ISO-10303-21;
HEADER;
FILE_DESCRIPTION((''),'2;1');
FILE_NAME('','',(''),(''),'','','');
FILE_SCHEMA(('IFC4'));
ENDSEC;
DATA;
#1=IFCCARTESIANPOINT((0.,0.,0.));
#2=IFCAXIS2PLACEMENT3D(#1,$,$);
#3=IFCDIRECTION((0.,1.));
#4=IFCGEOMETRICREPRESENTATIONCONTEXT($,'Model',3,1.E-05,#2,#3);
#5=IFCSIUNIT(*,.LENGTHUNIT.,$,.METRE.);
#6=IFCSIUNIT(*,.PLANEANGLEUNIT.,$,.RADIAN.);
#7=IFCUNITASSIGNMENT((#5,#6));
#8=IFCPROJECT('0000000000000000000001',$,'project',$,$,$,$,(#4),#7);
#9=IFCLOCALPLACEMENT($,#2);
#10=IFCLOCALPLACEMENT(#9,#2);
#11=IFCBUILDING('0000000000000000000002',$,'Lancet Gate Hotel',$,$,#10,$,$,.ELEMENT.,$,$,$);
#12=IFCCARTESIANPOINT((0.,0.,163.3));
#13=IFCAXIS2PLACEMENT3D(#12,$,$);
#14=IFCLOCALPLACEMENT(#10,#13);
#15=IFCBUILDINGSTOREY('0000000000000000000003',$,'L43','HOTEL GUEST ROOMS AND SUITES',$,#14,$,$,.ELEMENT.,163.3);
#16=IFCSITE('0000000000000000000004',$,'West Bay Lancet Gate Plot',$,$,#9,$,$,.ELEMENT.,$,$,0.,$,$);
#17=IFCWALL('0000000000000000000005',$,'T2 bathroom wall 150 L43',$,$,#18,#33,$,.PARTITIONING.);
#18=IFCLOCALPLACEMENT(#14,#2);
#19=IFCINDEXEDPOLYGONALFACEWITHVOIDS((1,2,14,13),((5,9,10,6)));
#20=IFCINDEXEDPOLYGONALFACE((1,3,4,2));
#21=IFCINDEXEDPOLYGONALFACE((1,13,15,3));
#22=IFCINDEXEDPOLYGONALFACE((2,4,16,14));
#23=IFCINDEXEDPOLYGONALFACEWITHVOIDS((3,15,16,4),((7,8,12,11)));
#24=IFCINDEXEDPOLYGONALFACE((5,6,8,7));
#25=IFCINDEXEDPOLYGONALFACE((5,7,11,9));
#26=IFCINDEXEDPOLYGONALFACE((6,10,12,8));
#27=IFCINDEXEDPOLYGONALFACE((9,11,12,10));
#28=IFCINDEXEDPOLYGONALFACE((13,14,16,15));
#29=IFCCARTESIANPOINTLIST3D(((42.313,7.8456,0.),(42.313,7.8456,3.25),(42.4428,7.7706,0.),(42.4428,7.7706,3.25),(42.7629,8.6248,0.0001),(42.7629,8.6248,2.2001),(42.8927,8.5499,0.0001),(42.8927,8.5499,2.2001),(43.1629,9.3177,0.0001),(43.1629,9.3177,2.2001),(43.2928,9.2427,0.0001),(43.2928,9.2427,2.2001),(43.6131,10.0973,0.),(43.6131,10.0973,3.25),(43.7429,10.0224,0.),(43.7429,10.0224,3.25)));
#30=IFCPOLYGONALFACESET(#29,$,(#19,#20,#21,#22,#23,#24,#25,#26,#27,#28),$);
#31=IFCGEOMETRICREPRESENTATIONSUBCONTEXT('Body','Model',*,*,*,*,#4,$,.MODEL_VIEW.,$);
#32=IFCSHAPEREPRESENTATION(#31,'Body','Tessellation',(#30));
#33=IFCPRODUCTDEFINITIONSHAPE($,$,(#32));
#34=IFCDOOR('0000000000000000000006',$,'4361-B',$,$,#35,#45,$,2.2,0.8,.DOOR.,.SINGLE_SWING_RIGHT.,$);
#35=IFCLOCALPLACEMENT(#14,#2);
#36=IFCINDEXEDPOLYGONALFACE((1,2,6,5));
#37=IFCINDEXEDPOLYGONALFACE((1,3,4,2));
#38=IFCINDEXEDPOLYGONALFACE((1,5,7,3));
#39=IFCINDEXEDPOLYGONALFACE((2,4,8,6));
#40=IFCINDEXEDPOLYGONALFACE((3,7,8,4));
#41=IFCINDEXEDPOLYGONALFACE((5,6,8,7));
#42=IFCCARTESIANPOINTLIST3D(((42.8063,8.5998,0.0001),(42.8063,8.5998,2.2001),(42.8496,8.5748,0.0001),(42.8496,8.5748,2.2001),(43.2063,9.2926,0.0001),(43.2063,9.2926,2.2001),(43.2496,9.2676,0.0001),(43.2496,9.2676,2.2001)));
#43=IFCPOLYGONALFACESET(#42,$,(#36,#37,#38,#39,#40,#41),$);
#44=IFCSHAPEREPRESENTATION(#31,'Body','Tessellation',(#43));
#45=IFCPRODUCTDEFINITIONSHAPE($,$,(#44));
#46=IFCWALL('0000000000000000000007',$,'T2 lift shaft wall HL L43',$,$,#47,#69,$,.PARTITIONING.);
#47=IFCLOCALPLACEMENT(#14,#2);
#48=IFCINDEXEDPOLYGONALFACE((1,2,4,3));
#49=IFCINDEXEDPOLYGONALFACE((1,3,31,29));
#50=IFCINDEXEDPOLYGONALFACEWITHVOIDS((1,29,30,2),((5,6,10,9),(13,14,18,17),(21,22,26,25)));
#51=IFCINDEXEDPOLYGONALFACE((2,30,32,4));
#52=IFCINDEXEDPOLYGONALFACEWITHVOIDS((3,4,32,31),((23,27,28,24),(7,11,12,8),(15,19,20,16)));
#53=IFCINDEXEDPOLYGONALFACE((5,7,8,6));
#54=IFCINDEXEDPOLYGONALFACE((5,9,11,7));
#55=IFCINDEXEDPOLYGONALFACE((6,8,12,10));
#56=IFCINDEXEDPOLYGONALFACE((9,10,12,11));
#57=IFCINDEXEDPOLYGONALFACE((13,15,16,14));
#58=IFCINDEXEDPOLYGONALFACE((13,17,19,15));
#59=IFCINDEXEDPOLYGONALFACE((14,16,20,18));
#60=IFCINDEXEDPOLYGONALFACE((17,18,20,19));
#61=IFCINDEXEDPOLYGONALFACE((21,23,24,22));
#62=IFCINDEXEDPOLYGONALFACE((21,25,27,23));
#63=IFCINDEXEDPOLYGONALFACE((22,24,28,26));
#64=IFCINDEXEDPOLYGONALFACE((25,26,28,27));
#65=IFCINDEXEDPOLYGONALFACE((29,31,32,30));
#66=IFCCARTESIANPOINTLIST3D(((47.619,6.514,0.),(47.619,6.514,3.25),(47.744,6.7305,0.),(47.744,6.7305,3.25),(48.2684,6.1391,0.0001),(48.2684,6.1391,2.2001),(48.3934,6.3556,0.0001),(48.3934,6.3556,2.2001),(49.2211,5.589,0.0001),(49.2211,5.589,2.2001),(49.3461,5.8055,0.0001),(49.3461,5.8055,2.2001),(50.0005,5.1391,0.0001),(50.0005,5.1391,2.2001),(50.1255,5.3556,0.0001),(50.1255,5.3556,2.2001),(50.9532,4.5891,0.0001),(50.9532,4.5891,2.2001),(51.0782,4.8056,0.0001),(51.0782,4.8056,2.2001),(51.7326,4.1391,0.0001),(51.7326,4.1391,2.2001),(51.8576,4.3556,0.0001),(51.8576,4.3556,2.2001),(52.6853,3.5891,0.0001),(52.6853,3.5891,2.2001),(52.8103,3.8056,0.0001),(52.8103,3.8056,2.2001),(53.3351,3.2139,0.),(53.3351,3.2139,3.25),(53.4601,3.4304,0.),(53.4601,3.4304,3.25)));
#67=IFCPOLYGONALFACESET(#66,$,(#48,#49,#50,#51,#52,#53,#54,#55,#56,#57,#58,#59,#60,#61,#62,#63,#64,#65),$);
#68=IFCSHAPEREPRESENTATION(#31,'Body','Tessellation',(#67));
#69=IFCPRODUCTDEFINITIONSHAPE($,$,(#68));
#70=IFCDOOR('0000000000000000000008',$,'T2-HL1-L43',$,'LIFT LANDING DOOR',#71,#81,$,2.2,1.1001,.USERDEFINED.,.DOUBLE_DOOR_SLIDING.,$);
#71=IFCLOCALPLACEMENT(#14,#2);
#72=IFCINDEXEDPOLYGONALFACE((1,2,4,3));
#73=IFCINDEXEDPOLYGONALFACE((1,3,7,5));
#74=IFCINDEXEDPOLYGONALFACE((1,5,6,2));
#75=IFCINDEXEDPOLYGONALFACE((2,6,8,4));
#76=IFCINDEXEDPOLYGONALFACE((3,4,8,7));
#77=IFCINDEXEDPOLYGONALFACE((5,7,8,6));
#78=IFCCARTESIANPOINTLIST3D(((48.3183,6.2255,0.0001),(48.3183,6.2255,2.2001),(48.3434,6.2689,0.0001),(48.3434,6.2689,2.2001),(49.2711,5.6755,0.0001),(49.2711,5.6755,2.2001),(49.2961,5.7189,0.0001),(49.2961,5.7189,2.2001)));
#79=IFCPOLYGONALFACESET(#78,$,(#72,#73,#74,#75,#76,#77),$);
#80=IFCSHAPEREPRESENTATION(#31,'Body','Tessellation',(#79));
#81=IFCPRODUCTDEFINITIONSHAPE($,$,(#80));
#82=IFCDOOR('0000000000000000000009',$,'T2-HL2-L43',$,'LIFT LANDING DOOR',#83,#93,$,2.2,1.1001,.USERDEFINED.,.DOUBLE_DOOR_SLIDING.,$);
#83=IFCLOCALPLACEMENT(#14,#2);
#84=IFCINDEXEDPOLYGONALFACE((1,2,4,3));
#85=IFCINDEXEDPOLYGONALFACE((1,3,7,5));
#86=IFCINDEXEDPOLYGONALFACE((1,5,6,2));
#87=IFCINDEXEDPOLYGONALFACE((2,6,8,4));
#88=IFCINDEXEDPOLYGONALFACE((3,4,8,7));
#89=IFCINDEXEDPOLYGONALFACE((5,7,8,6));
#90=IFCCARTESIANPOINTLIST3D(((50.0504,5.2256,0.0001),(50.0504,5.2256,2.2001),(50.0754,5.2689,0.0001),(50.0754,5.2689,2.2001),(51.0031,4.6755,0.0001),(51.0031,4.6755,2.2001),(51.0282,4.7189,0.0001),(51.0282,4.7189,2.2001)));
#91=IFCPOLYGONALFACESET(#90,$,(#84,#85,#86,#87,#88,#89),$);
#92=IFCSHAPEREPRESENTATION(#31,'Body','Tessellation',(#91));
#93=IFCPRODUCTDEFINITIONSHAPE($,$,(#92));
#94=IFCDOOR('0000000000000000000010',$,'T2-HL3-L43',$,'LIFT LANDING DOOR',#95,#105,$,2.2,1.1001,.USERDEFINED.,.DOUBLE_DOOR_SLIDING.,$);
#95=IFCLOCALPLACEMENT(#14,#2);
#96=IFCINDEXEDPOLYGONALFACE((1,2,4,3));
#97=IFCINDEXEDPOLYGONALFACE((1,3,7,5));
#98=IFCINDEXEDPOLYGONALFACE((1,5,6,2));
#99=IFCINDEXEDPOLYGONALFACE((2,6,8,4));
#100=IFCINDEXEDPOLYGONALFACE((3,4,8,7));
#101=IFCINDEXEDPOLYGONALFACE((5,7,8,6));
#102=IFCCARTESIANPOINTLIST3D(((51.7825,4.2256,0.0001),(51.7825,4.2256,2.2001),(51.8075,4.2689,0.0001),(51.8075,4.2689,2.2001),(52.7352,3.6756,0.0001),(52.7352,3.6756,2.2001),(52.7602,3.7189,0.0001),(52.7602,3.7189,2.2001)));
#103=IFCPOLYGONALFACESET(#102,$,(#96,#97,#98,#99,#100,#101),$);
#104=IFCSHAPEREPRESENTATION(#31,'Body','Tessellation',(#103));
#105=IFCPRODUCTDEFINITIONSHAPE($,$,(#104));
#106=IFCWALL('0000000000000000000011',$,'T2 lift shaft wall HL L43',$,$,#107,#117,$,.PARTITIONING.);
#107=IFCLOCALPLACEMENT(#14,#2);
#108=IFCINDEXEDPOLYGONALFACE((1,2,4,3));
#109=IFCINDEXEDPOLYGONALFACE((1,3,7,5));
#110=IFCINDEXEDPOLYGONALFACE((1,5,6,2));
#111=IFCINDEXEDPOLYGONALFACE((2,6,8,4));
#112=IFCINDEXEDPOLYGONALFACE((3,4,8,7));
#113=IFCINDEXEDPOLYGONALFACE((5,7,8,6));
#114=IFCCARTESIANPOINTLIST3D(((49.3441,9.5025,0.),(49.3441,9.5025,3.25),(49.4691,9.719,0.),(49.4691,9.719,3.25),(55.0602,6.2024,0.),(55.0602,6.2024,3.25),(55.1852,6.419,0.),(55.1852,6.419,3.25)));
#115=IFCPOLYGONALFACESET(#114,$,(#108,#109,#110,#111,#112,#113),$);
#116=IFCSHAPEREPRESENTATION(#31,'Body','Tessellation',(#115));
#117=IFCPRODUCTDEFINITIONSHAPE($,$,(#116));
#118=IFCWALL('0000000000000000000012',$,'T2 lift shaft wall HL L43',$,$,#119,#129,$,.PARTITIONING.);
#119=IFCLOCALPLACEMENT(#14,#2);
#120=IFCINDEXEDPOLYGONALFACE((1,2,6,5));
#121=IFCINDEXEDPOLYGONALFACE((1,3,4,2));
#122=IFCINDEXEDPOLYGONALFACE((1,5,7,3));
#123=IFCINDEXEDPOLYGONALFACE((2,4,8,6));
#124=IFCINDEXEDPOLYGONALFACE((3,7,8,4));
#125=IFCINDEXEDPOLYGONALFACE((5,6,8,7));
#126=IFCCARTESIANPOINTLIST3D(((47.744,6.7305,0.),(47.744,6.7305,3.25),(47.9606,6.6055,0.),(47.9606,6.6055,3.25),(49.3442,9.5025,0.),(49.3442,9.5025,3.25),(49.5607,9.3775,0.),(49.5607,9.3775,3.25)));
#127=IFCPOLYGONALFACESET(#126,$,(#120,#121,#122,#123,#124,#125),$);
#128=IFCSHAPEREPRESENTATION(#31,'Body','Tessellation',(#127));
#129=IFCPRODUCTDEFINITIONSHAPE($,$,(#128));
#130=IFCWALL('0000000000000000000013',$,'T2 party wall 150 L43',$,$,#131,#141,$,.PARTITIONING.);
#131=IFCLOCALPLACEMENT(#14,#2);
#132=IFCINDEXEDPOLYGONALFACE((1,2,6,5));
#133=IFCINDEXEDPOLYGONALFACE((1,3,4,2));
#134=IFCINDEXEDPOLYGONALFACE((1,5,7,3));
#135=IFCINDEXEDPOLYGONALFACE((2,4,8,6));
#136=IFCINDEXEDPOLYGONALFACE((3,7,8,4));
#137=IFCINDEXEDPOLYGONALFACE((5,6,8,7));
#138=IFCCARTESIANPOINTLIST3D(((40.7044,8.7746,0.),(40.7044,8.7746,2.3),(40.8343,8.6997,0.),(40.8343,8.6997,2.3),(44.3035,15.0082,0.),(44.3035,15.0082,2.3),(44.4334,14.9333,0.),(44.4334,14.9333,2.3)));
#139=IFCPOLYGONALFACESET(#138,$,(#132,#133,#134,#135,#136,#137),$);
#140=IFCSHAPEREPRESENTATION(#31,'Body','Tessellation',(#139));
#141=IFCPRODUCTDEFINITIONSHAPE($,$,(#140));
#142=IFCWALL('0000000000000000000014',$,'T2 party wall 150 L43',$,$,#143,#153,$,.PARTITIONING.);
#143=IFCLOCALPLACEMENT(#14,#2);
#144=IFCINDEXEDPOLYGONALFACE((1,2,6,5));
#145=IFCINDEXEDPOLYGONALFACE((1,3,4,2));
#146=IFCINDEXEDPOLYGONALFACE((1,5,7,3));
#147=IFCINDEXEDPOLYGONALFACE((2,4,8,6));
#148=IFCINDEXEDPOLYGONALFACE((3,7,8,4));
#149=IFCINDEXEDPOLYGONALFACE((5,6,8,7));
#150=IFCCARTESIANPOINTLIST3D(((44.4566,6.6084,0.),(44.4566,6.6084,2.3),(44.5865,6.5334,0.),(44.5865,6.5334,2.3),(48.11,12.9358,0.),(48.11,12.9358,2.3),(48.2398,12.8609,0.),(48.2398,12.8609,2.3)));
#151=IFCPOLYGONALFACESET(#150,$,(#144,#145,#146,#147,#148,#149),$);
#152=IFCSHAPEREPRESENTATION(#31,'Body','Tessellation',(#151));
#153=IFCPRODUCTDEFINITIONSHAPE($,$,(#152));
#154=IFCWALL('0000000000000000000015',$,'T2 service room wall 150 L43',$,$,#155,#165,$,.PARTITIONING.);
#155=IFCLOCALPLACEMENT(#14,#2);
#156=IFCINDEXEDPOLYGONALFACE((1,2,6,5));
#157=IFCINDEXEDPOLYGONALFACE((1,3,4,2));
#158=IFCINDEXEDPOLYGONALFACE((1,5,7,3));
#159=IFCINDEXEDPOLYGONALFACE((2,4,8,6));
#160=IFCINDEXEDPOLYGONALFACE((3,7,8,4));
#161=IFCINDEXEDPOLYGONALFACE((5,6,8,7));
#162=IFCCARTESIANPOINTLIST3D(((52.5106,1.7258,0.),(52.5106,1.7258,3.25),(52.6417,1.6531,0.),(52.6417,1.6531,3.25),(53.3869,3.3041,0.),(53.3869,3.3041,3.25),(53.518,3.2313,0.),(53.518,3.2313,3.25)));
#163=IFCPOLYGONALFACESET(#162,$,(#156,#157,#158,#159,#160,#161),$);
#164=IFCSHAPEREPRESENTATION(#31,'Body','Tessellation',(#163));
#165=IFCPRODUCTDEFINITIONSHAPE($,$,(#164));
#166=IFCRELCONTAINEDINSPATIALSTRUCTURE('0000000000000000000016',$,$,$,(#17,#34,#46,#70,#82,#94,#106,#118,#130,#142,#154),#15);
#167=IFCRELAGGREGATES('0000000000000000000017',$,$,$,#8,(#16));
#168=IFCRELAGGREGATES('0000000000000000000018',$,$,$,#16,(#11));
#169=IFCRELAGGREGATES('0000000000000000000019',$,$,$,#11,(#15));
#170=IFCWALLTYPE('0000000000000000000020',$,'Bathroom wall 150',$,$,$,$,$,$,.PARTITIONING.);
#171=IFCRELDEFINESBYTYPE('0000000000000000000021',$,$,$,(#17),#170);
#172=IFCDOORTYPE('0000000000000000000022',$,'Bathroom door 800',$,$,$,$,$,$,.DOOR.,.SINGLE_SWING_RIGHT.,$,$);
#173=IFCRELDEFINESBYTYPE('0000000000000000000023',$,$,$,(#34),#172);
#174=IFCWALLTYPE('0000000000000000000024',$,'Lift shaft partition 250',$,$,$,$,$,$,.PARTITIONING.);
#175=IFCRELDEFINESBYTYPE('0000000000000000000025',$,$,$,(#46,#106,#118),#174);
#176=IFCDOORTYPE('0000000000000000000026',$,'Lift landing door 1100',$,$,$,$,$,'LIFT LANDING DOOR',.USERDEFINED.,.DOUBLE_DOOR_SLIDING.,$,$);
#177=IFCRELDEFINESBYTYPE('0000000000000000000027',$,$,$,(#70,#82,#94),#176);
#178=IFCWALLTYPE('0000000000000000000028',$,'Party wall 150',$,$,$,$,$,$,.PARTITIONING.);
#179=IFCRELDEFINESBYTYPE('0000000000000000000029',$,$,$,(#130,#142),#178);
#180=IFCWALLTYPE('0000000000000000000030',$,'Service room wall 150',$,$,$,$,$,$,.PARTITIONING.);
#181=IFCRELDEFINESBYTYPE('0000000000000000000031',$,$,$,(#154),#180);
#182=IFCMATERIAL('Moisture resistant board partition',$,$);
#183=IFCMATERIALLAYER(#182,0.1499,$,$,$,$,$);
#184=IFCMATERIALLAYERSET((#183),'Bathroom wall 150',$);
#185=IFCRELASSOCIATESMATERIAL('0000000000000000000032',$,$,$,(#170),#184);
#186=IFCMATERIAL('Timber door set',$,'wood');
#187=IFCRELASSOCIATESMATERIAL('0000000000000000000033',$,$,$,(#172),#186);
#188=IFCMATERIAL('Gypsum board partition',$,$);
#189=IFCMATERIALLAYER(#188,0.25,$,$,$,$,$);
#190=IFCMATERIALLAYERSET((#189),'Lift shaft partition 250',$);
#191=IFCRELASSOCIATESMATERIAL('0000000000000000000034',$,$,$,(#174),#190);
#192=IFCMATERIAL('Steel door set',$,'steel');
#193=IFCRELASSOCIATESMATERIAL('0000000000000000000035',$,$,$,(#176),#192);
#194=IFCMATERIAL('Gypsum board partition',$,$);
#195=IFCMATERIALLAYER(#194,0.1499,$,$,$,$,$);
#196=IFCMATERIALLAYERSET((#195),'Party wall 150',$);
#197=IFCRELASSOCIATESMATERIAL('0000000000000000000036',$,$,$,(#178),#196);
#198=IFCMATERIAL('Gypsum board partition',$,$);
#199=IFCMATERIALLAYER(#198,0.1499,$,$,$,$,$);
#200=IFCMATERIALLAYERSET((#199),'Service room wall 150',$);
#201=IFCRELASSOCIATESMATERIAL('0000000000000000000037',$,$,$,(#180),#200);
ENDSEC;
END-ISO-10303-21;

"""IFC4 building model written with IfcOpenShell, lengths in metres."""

from ifc_helpers import new_model, si_unit, direction, frame, frame_2d, origin, place, context, subcontext, project, spatial, rectangle, extrude, material, layer, layer_set, type_object, element, fill, save


model = new_model("IFC4")

# Units and contexts
model_context = context("Model", 3, precision=1e-05, world=origin(), true_north=direction((0.0, 1.0)))
body_context = subcontext(model_context, "Body", "Model", "MODEL_VIEW")
ifc_project = project(units=[si_unit("LENGTHUNIT", "METRE"), si_unit("PLANEANGLEUNIT", "RADIAN")], contexts=[model_context])

# Site, building, storey
site_placement = place(None, origin())
site = spatial("IfcSite", under=ifc_project, at=site_placement, Name="West Bay Lancet Gate Plot", CompositionType="ELEMENT", RefElevation=0.0)
building_placement = place(site_placement, origin())
building = spatial("IfcBuilding", under=site, at=building_placement, Name="Lancet Gate Hotel", CompositionType="ELEMENT")
storey_placement = place(building_placement, frame((0.0, 0.0, 163.3)))
storey = spatial("IfcBuildingStorey", under=building, at=storey_placement, Name="L43", Description="HOTEL GUEST ROOMS AND SUITES", CompositionType="ELEMENT", Elevation=163.3)

# Shared definitions
ifc_material_1 = material(Name="Moisture resistant board partition")
ifc_layer_1 = layer(ifc_material_1, 0.1499)
ifc_layer_set_1 = layer_set([ifc_layer_1], Name="Bathroom wall 150")
wall_type_1 = type_object("IfcWallType", Name="Bathroom wall 150", PredefinedType="PARTITIONING", material=ifc_layer_set_1)

# Wall, opening, door
wall_1_placement = place(storey_placement, frame((42.3779, 7.8081, 0.0), z_axis=(0.0, 0.0, 1.0), x_axis=(0.500007, 0.866021, 0.0)))
wall_1 = element("IfcWall", 1, at=wall_1_placement, inside=storey, type_object=wall_type_1, Name="T2 bathroom wall 150 L43", PredefinedType="PARTITIONING", context=body_context, shape_type="SweptSolid", body=[
    extrude(rectangle(XDim=2.6001, YDim=0.1499, at=frame_2d((1.3, 0.0))), origin(), (0.0, 0.0, 1.0), 3.25),
])
opening_1_placement = place(wall_1_placement, frame((0.8999, 0.0, 0.0)))
opening_1 = element("IfcOpeningElement", 2, at=opening_1_placement, cuts=wall_1, PredefinedType="OPENING", context=body_context, shape_type="SweptSolid", body=[
    extrude(rectangle(XDim=0.8, YDim=2.2, at=frame_2d((0.3999, 1.1001))), frame((0.0, 0.085, 0.0), z_axis=(0.0, -1.0, 0.0), x_axis=(1.0, 0.0, 0.0)), (0.0, 0.0, 1.0), 0.1699),
])
ifc_material_2 = material(Name="Timber door set", Category="wood")
door_type_1 = type_object("IfcDoorType", Name="Bathroom door 800", OperationType="SINGLE_SWING_RIGHT", PredefinedType="DOOR", material=ifc_material_2)
door_1_placement = place(opening_1_placement, origin())
door_1 = element("IfcDoor", 3, at=door_1_placement, inside=storey, type_object=door_type_1, Name="4361-B", OperationType="SINGLE_SWING_RIGHT", OverallHeight=2.2, OverallWidth=0.8, PredefinedType="DOOR", context=body_context, shape_type="SweptSolid", body=[
    extrude(rectangle(XDim=0.8, YDim=2.2, at=frame_2d((0.3999, 1.1001))), frame((0.0, 0.0249, 0.0), z_axis=(0.0, -1.0, 0.0), x_axis=(1.0, 0.0, 0.0)), (0.0, 0.0, 1.0), 0.05),
])
fill(opening_1, door_1)

# Wall, openings, doors
ifc_material_3 = material(Name="Gypsum board partition")
ifc_layer_2 = layer(ifc_material_3, 0.25)
ifc_layer_set_2 = layer_set([ifc_layer_2], Name="Lift shaft partition 250")
wall_type_2 = type_object("IfcWallType", Name="Lift shaft partition 250", PredefinedType="PARTITIONING", material=ifc_layer_set_2)
wall_2_placement = place(storey_placement, frame((47.6814, 6.6223, 0.0), z_axis=(0.0, 0.0, 1.0), x_axis=(0.866033, -0.499986, 0.0)))
wall_2 = element("IfcWall", 4, at=wall_2_placement, inside=storey, type_object=wall_type_2, Name="T2 lift shaft wall HL L43", PredefinedType="PARTITIONING", context=body_context, shape_type="SweptSolid", body=[
    extrude(rectangle(XDim=6.6003, YDim=0.25, at=frame_2d((3.3003, 0.0))), origin(), (0.0, 0.0, 1.0), 3.25),
])
opening_2_placement = place(wall_2_placement, frame((0.75, 0.0, 0.0)))
opening_2 = element("IfcOpeningElement", 5, at=opening_2_placement, cuts=wall_2, PredefinedType="OPENING", context=body_context, shape_type="SweptSolid", body=[
    extrude(rectangle(XDim=1.1001, YDim=2.2, at=frame_2d((0.55, 1.1001))), frame((0.0, 0.135, 0.0), z_axis=(0.0, -1.0, 0.0), x_axis=(1.0, 0.0, 0.0)), (0.0, 0.0, 1.0), 0.27),
])
opening_3_placement = place(wall_2_placement, frame((2.75, 0.0, 0.0)))
opening_3 = element("IfcOpeningElement", 6, at=opening_3_placement, cuts=wall_2, PredefinedType="OPENING", context=body_context, shape_type="SweptSolid", body=[
    extrude(rectangle(XDim=1.1001, YDim=2.2, at=frame_2d((0.55, 1.1001))), frame((0.0, 0.135, 0.0), z_axis=(0.0, -1.0, 0.0), x_axis=(1.0, 0.0, 0.0)), (0.0, 0.0, 1.0), 0.27),
])
opening_4_placement = place(wall_2_placement, frame((4.75, 0.0, 0.0)))
opening_4 = element("IfcOpeningElement", 7, at=opening_4_placement, cuts=wall_2, PredefinedType="OPENING", context=body_context, shape_type="SweptSolid", body=[
    extrude(rectangle(XDim=1.1001, YDim=2.2, at=frame_2d((0.55, 1.1001))), frame((0.0, 0.135, 0.0), z_axis=(0.0, -1.0, 0.0), x_axis=(1.0, 0.0, 0.0)), (0.0, 0.0, 1.0), 0.27),
])
ifc_material_4 = material(Name="Steel door set", Category="steel")
door_type_2 = type_object("IfcDoorType", Name="Lift landing door 1100", ElementType="LIFT LANDING DOOR", OperationType="DOUBLE_DOOR_SLIDING", PredefinedType="USERDEFINED", material=ifc_material_4)
door_2_placement = place(opening_2_placement, origin())
door_2 = element("IfcDoor", 8, at=door_2_placement, inside=storey, type_object=door_type_2, Name="T2-HL1-L43", ObjectType="LIFT LANDING DOOR", OperationType="DOUBLE_DOOR_SLIDING", OverallHeight=2.2, OverallWidth=1.1001, PredefinedType="USERDEFINED", context=body_context, shape_type="SweptSolid", body=[
    extrude(rectangle(XDim=1.1001, YDim=2.2, at=frame_2d((0.55, 1.1001))), frame((0.0, 0.0249, 0.0), z_axis=(0.0, -1.0, 0.0), x_axis=(1.0, 0.0, 0.0)), (0.0, 0.0, 1.0), 0.05),
])
fill(opening_2, door_2)
door_3_placement = place(opening_3_placement, origin())
door_3 = element("IfcDoor", 9, at=door_3_placement, inside=storey, type_object=door_type_2, Name="T2-HL2-L43", ObjectType="LIFT LANDING DOOR", OperationType="DOUBLE_DOOR_SLIDING", OverallHeight=2.2, OverallWidth=1.1001, PredefinedType="USERDEFINED", context=body_context, shape_type="SweptSolid", body=[
    extrude(rectangle(XDim=1.1001, YDim=2.2, at=frame_2d((0.55, 1.1001))), frame((0.0, 0.0249, 0.0), z_axis=(0.0, -1.0, 0.0), x_axis=(1.0, 0.0, 0.0)), (0.0, 0.0, 1.0), 0.05),
])
fill(opening_3, door_3)
door_4_placement = place(opening_4_placement, origin())
door_4 = element("IfcDoor", 10, at=door_4_placement, inside=storey, type_object=door_type_2, Name="T2-HL3-L43", ObjectType="LIFT LANDING DOOR", OperationType="DOUBLE_DOOR_SLIDING", OverallHeight=2.2, OverallWidth=1.1001, PredefinedType="USERDEFINED", context=body_context, shape_type="SweptSolid", body=[
    extrude(rectangle(XDim=1.1001, YDim=2.2, at=frame_2d((0.55, 1.1001))), frame((0.0, 0.0249, 0.0), z_axis=(0.0, -1.0, 0.0), x_axis=(1.0, 0.0, 0.0)), (0.0, 0.0, 1.0), 0.05),
])
fill(opening_4, door_4)

# Walls
wall_3_placement = place(storey_placement, frame((49.4065, 9.6108, 0.0), z_axis=(0.0, 0.0, 1.0), x_axis=(0.866033, -0.499986, 0.0)))
element("IfcWall", 11, at=wall_3_placement, inside=storey, type_object=wall_type_2, Name="T2 lift shaft wall HL L43", PredefinedType="PARTITIONING", context=body_context, shape_type="SweptSolid", body=[
    extrude(rectangle(XDim=6.6003, YDim=0.25, at=frame_2d((3.3003, 0.0))), origin(), (0.0, 0.0, 1.0), 3.25),
])
wall_4_placement = place(storey_placement, frame((47.8523, 6.668, 0.0), z_axis=(0.0, 0.0, 1.0), x_axis=(0.499929, 0.866066, 0.0)))
element("IfcWall", 12, at=wall_4_placement, inside=storey, type_object=wall_type_2, Name="T2 lift shaft wall HL L43", PredefinedType="PARTITIONING", context=body_context, shape_type="SweptSolid", body=[
    extrude(rectangle(XDim=3.2007, YDim=0.25, at=frame_2d((1.6003, 0.0))), origin(), (0.0, 0.0, 1.0), 3.25),
])
ifc_material_5 = material(Name="Gypsum board partition")
ifc_layer_3 = layer(ifc_material_5, 0.1499)
ifc_layer_set_3 = layer_set([ifc_layer_3], Name="Party wall 150")
wall_type_3 = type_object("IfcWallType", Name="Party wall 150", PredefinedType="PARTITIONING", material=ifc_layer_set_3)
wall_5_placement = place(storey_placement, frame((40.7693, 8.7371, 0.0), z_axis=(0.0, 0.0, 1.0), x_axis=(0.500013, 0.866018, 0.0)))
element("IfcWall", 13, at=wall_5_placement, inside=storey, type_object=wall_type_3, Name="T2 party wall 150 L43", PredefinedType="PARTITIONING", context=body_context, shape_type="SweptSolid", body=[
    extrude(rectangle(XDim=7.198, YDim=0.1499, at=frame_2d((3.5991, 0.0))), origin(), (0.0, 0.0, 1.0), 2.3),
])
wall_6_placement = place(storey_placement, frame((44.5215, 6.5708, 0.0), z_axis=(0.0, 0.0, 1.0), x_axis=(0.50002, 0.866014, 0.0)))
element("IfcWall", 14, at=wall_6_placement, inside=storey, type_object=wall_type_3, Name="T2 party wall 150 L43", PredefinedType="PARTITIONING", context=body_context, shape_type="SweptSolid", body=[
    extrude(rectangle(XDim=7.3064, YDim=0.1499, at=frame_2d((3.6533, 0.0))), origin(), (0.0, 0.0, 1.0), 2.3),
])
ifc_material_6 = material(Name="Gypsum board partition")
ifc_layer_4 = layer(ifc_material_6, 0.1499)
ifc_layer_set_4 = layer_set([ifc_layer_4], Name="Service room wall 150")
wall_type_4 = type_object("IfcWallType", Name="Service room wall 150", PredefinedType="PARTITIONING", material=ifc_layer_set_4)
wall_7_placement = place(storey_placement, frame((52.5762, 1.6895, 0.0), z_axis=(0.0, 0.0, 1.0), x_axis=(0.485425, 0.874278, 0.0)))
element("IfcWall", 15, at=wall_7_placement, inside=storey, type_object=wall_type_4, Name="T2 service room wall 150 L43", PredefinedType="PARTITIONING", context=body_context, shape_type="SweptSolid", body=[
    extrude(rectangle(XDim=1.8052, YDim=0.1499, at=frame_2d((0.9026, 0.0))), origin(), (0.0, 0.0, 1.0), 3.25),
])

save(model, "model.ifc")
